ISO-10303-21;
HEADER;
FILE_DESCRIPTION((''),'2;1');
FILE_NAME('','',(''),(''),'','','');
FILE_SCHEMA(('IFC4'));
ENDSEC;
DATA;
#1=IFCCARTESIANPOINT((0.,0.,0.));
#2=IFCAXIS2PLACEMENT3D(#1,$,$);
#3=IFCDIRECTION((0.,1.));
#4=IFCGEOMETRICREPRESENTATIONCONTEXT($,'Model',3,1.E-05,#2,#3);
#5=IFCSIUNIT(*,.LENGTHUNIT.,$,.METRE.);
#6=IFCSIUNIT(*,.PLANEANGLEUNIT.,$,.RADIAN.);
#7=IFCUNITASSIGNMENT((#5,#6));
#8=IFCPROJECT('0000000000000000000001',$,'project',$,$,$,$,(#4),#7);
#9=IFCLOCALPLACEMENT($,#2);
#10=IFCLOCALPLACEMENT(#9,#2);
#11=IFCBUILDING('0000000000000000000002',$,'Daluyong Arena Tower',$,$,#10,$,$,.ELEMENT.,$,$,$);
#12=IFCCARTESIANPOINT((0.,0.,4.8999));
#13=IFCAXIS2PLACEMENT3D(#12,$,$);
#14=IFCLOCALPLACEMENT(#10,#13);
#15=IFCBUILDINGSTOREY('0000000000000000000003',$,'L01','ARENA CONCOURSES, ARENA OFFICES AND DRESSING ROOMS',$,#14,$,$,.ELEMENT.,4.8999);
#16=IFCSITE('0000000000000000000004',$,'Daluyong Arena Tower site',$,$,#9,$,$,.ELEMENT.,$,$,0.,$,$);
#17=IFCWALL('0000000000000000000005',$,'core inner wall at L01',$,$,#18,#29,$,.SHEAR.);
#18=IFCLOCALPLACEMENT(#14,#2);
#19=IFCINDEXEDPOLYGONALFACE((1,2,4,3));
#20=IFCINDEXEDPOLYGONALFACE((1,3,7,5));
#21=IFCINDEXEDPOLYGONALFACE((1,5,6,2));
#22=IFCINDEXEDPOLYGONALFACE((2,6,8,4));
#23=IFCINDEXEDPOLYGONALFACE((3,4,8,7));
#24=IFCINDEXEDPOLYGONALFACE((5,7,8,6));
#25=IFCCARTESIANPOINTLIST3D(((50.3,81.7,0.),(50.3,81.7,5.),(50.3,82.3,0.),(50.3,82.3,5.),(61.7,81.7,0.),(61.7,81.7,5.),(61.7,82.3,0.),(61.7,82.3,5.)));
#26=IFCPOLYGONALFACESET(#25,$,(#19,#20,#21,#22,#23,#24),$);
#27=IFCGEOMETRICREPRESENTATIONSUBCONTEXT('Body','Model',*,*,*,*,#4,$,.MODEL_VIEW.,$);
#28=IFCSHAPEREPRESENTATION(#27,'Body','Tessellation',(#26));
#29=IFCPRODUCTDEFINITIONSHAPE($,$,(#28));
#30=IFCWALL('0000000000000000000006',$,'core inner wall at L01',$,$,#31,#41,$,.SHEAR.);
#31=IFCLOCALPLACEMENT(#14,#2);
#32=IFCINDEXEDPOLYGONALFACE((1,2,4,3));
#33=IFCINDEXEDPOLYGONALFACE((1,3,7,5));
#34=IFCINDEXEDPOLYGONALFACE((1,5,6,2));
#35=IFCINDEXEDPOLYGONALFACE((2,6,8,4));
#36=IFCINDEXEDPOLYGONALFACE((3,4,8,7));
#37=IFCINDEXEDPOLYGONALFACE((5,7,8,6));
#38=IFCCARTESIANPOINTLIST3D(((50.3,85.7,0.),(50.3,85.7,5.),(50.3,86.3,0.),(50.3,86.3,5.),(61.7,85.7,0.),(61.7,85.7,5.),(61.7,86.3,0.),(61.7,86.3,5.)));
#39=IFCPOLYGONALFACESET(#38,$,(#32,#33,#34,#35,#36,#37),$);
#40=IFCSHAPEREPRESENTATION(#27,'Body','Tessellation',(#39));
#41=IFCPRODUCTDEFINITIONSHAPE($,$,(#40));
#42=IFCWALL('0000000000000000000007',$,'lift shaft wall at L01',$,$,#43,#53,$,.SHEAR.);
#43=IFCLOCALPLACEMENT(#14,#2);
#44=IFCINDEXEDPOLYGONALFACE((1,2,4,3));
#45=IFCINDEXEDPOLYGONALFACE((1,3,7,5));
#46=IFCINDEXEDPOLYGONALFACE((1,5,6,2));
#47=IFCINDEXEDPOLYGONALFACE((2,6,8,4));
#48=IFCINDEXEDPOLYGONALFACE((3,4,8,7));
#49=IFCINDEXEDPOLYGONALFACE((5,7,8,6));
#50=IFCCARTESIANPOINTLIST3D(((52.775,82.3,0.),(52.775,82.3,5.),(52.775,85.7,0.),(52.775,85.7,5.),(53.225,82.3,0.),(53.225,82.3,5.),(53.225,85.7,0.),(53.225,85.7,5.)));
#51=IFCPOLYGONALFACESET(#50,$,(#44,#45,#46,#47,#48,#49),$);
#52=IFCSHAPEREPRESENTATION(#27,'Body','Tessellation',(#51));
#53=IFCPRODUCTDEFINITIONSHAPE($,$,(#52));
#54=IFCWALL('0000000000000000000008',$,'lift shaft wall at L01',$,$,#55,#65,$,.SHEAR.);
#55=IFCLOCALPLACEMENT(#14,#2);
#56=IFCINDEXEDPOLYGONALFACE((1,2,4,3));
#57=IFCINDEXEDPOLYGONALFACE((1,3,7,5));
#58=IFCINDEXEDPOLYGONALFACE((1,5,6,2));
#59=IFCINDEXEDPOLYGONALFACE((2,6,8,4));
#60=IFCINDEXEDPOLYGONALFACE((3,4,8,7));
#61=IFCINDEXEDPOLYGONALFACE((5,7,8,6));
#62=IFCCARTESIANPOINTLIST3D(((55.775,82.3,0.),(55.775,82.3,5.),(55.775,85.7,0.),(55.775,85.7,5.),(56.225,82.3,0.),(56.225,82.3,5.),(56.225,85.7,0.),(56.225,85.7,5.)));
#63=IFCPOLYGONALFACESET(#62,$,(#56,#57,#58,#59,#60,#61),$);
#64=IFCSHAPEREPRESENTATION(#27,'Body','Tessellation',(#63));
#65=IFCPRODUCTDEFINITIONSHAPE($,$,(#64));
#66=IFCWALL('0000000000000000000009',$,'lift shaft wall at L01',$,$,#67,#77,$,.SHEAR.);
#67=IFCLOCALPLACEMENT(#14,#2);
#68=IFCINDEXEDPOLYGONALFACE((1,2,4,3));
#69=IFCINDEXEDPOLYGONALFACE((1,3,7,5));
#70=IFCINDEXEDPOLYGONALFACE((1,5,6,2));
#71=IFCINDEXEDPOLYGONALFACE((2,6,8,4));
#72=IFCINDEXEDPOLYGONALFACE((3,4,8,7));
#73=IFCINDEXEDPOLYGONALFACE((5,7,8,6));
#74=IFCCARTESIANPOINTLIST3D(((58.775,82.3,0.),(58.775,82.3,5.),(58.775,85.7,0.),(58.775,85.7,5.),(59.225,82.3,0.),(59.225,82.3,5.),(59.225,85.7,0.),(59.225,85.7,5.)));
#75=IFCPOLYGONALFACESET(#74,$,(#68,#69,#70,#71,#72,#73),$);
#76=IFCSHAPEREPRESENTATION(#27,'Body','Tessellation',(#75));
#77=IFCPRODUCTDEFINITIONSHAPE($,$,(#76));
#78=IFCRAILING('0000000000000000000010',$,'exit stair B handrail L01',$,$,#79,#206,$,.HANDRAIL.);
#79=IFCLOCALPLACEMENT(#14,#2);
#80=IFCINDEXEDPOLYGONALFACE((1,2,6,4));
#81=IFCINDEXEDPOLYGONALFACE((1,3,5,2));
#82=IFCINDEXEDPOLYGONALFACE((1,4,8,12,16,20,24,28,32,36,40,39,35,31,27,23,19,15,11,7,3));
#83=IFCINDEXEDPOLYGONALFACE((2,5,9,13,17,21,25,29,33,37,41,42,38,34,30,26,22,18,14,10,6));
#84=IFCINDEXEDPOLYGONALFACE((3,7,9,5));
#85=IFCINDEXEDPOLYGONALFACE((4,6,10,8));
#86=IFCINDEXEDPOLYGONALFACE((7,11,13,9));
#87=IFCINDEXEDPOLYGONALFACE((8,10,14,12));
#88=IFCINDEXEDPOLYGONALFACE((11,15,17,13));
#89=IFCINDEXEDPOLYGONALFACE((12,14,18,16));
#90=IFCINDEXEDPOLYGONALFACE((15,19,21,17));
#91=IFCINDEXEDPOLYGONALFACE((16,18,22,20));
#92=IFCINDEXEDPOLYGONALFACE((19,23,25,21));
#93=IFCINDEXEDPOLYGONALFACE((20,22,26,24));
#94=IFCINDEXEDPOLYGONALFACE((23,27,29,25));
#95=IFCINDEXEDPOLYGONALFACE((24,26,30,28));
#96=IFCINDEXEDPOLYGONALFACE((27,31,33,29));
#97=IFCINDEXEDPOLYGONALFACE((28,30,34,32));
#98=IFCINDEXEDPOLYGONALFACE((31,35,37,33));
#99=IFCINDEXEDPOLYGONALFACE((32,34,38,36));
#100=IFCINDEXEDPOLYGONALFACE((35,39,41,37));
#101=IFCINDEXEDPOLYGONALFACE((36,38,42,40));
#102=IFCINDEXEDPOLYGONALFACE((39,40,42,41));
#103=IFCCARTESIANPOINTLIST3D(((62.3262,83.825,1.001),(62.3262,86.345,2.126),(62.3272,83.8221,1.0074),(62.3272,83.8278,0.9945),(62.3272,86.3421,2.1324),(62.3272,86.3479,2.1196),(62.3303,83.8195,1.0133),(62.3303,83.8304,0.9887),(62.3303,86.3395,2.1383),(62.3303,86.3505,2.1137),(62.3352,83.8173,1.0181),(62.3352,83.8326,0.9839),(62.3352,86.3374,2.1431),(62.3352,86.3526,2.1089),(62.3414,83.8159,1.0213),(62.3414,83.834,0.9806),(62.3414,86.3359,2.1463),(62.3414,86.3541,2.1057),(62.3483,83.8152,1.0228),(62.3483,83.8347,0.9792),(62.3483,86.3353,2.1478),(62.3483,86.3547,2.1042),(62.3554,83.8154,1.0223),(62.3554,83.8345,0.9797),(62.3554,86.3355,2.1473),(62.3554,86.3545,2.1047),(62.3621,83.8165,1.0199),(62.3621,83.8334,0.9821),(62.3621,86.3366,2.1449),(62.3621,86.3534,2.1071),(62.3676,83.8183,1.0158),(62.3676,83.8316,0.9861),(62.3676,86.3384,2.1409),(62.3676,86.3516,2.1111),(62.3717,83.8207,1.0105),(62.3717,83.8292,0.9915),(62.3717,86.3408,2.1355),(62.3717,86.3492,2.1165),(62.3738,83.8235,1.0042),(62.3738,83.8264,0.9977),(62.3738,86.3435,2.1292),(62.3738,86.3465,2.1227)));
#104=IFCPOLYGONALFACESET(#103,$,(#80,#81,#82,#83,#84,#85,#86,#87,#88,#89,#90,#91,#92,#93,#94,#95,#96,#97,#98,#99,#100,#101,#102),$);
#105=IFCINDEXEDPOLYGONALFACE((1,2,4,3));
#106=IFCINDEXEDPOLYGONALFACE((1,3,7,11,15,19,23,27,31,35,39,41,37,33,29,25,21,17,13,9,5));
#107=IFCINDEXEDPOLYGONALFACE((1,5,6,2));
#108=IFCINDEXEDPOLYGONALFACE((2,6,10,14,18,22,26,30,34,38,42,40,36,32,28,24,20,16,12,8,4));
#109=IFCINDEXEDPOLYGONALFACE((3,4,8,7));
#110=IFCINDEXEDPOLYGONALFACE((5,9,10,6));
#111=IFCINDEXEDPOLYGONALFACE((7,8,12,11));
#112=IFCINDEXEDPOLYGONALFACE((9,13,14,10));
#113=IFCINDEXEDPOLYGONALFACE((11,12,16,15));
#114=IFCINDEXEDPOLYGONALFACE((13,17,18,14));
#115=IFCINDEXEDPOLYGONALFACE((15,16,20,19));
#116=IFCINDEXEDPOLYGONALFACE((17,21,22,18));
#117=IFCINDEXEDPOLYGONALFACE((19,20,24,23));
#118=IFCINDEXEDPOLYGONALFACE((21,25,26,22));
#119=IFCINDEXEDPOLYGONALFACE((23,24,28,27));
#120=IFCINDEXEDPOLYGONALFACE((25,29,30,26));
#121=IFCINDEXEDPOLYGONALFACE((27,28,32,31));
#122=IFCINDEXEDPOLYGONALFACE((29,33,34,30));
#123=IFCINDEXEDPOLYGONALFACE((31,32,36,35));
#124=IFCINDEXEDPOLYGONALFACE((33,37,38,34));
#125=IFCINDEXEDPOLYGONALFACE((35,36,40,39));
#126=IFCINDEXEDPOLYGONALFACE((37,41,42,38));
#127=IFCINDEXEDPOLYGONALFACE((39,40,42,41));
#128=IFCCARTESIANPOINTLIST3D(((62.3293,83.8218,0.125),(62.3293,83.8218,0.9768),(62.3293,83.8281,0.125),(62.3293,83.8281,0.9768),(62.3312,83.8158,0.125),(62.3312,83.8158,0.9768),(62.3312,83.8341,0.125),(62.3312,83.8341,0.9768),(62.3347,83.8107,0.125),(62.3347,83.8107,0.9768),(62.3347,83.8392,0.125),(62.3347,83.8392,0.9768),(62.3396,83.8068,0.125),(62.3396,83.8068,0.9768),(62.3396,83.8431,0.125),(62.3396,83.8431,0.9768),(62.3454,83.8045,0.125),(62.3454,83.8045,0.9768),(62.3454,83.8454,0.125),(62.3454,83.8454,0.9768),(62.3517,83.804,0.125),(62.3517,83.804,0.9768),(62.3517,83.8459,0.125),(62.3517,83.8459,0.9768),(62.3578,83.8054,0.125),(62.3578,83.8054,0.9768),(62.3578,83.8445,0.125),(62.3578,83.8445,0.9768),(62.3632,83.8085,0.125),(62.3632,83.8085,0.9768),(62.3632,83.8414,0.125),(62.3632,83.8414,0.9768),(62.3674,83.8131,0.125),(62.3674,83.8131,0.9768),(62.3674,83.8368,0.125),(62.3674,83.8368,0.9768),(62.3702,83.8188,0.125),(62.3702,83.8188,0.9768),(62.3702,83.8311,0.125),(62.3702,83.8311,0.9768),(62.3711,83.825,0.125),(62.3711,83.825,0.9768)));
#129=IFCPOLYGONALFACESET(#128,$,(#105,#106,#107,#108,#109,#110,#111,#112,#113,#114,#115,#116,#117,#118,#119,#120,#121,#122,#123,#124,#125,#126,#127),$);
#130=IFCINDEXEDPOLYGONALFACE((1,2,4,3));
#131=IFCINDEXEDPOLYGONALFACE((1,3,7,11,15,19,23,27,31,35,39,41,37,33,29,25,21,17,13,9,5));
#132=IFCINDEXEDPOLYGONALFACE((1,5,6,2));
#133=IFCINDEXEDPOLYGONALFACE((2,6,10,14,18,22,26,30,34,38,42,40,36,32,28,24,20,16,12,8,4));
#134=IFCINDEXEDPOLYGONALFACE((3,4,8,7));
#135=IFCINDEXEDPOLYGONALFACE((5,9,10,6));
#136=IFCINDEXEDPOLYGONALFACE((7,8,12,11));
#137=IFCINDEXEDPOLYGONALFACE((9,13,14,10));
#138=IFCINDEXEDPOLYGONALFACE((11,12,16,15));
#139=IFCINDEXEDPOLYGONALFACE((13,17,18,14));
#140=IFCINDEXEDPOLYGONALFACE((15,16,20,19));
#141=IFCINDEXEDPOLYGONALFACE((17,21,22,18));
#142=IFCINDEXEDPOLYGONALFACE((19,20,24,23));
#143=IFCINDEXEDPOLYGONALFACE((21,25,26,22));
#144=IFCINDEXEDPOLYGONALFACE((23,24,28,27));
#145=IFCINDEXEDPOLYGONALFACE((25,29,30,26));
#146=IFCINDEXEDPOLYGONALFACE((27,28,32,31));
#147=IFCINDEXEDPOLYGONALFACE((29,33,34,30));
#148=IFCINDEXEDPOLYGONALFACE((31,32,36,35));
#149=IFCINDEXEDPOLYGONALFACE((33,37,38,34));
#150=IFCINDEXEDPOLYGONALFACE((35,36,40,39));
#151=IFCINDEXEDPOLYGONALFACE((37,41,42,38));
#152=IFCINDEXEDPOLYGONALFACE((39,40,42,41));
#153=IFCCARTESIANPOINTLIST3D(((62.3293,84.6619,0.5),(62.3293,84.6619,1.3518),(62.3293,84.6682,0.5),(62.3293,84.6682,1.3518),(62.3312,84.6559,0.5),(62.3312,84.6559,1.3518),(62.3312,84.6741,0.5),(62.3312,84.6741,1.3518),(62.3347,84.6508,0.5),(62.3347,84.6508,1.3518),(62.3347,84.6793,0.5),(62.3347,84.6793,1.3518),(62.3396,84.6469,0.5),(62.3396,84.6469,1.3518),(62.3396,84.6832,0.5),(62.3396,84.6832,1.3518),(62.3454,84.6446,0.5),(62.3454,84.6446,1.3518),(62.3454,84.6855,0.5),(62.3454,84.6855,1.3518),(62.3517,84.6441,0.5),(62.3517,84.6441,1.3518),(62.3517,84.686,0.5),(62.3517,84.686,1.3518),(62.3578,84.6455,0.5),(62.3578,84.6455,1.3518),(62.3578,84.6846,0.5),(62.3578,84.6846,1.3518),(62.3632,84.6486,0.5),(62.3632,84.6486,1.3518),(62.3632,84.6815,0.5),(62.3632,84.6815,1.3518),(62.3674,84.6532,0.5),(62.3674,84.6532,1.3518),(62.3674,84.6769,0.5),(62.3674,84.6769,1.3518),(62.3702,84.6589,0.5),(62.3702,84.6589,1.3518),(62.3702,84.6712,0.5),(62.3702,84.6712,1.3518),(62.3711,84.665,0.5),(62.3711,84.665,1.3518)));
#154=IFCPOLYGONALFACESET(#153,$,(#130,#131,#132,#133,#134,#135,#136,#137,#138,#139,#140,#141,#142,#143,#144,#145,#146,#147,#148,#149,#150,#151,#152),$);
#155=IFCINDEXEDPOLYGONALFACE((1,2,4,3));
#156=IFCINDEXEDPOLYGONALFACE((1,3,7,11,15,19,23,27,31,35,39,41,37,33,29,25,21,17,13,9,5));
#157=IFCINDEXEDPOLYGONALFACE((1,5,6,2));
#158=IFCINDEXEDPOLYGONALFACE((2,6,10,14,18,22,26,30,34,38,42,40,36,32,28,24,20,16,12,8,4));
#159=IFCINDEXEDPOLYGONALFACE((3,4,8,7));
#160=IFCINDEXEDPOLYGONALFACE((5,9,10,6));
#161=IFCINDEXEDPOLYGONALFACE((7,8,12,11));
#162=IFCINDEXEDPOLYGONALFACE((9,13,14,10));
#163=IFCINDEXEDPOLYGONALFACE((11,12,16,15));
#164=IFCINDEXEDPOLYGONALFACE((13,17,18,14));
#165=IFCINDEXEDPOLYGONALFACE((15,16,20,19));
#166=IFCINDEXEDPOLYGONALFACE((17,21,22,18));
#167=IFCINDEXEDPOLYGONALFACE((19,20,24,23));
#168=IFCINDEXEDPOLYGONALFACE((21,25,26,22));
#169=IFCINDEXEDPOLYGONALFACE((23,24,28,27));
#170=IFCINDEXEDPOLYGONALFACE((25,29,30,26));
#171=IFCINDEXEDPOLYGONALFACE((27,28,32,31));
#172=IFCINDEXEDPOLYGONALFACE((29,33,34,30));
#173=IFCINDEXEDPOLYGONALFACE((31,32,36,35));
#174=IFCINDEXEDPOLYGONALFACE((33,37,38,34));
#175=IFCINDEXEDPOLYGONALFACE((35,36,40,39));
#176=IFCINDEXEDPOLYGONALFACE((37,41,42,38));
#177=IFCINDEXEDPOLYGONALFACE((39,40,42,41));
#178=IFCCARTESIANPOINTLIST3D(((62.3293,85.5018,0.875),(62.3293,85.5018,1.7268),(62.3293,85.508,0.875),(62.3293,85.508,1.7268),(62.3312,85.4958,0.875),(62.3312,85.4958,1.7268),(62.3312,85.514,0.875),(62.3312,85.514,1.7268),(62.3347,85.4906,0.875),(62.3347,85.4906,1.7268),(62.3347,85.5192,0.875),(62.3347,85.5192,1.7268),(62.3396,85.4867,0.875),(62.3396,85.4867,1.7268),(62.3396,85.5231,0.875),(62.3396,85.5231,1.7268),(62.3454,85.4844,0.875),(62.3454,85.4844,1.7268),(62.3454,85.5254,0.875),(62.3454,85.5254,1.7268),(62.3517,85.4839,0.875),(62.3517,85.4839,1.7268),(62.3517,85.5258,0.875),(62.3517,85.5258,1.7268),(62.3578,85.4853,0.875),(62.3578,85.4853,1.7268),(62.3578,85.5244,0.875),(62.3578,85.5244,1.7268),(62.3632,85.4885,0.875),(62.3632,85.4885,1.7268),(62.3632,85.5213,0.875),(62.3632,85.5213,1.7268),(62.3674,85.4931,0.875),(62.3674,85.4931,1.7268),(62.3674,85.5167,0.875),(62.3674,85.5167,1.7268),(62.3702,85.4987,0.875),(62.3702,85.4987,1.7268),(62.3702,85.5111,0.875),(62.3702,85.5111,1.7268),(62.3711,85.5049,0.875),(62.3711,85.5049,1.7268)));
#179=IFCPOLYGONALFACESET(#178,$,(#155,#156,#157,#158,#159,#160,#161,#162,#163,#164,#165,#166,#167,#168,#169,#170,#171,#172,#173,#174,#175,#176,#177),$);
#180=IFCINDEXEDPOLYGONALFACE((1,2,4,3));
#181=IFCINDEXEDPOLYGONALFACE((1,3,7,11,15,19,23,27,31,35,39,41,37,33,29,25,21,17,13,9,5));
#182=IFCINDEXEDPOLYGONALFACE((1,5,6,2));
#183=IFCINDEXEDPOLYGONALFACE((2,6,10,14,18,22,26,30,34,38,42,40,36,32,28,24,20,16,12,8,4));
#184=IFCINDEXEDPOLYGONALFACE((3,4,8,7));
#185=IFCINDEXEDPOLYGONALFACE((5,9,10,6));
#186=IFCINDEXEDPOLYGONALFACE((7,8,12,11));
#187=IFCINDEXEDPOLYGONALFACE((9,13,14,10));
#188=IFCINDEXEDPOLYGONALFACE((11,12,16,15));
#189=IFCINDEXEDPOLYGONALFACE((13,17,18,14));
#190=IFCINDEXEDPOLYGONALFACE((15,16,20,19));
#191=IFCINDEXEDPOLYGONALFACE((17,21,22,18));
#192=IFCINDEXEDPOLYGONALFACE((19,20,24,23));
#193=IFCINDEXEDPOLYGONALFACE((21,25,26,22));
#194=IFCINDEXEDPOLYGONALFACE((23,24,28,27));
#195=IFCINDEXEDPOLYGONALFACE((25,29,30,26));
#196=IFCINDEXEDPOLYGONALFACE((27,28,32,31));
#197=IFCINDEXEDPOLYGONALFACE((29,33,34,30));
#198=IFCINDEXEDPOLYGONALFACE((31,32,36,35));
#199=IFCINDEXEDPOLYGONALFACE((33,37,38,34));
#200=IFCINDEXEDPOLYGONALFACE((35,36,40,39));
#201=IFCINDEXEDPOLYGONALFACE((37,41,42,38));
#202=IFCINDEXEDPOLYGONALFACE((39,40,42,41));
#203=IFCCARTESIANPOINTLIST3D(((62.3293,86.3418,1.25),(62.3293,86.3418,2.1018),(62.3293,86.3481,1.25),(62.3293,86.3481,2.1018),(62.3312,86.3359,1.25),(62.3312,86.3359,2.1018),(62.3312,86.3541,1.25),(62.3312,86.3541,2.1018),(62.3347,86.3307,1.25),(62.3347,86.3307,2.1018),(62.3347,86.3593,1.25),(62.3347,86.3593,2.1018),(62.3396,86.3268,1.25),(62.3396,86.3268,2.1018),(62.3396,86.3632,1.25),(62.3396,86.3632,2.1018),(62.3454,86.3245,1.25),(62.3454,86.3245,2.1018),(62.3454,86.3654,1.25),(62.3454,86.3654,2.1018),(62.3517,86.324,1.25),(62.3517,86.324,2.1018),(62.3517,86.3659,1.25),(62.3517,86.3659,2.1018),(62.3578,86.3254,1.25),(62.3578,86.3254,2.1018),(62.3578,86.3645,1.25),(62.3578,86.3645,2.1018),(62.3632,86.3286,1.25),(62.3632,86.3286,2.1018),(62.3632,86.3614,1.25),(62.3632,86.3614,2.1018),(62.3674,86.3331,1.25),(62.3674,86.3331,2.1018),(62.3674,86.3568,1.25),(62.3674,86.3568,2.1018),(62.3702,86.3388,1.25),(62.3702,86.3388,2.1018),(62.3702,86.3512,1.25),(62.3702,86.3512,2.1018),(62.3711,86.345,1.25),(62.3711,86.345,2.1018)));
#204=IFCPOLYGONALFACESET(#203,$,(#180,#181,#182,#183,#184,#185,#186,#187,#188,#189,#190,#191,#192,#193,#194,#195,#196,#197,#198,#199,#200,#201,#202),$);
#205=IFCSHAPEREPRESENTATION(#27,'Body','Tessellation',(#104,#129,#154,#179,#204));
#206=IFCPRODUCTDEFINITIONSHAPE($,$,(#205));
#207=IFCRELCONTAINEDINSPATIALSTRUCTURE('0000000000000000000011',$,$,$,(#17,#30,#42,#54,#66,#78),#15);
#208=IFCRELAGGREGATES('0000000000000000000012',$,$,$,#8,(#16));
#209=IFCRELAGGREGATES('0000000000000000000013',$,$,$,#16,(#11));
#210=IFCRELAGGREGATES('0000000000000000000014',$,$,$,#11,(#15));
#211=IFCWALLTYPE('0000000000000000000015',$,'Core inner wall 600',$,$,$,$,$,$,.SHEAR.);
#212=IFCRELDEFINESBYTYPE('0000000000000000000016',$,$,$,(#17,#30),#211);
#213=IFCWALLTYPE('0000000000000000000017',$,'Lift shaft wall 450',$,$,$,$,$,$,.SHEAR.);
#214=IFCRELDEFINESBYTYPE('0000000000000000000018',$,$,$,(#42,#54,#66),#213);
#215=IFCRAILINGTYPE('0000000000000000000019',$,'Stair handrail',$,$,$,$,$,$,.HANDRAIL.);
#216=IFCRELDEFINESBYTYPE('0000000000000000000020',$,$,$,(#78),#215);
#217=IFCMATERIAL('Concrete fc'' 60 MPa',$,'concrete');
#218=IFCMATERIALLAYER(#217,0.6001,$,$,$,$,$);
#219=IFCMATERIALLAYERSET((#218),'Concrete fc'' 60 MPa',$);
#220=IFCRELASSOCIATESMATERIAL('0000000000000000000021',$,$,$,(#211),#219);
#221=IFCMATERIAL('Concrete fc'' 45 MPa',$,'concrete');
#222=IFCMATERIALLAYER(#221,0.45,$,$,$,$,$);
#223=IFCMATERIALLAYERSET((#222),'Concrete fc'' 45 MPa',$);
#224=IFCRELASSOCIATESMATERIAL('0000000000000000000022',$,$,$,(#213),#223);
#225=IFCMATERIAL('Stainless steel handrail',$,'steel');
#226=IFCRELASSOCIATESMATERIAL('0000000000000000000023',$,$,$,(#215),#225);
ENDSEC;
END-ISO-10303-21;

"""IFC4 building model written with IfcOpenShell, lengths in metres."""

from ifc_helpers import new_model, si_unit, direction, frame, frame_2d, origin, origin_2d, place, context, subcontext, project, spatial, rectangle, circle, extrude, material, layer, layer_set, type_object, element, save


model = new_model("IFC4")

# Units and contexts
model_context = context("Model", 3, precision=1e-05, world=origin(), true_north=direction((0.0, 1.0)))
body_context = subcontext(model_context, "Body", "Model", "MODEL_VIEW")
ifc_project = project(units=[si_unit("LENGTHUNIT", "METRE"), si_unit("PLANEANGLEUNIT", "RADIAN")], contexts=[model_context])

# Site, building, storey
site_placement = place(None, origin())
site = spatial("IfcSite", under=ifc_project, at=site_placement, Name="Daluyong Arena Tower site", CompositionType="ELEMENT", RefElevation=0.0)
building_placement = place(site_placement, origin())
building = spatial("IfcBuilding", under=site, at=building_placement, Name="Daluyong Arena Tower", CompositionType="ELEMENT")
storey_placement = place(building_placement, frame((0.0, 0.0, 4.8999)))
storey = spatial("IfcBuildingStorey", under=building, at=storey_placement, Name="L01", Description="ARENA CONCOURSES, ARENA OFFICES AND DRESSING ROOMS", CompositionType="ELEMENT", Elevation=4.8999)

# Shared definitions
ifc_material_1 = material(Name="Concrete fc' 60 MPa", Category="concrete")
ifc_layer_1 = layer(ifc_material_1, 0.6001)
ifc_layer_set_1 = layer_set([ifc_layer_1], Name="Concrete fc' 60 MPa")
wall_type_1 = type_object("IfcWallType", Name="Core inner wall 600", PredefinedType="SHEAR", material=ifc_layer_set_1)

# Walls
for number, where, z_axis, x_axis, name in (
    (1, (50.3, 82.0, 0.0), (0.0, 0.0, 1.0), (1.0, 0.0, 0.0), "core inner wall at L01"),
    (2, (50.3, 86.0, 0.0), (0.0, 0.0, 1.0), (1.0, 0.0, 0.0), "core inner wall at L01"),
):
    element("IfcWall", number, at=place(storey_placement, frame(where, z_axis=z_axis, x_axis=x_axis)), inside=storey, type_object=wall_type_1, Name=name, PredefinedType="SHEAR", context=body_context, shape_type="SweptSolid", body=[
        extrude(rectangle(XDim=11.3999, YDim=0.6001, at=frame_2d((5.7, 0.0))), origin(), (0.0, 0.0, 1.0), 5.0),
    ])
ifc_material_2 = material(Name="Concrete fc' 45 MPa", Category="concrete")
ifc_layer_2 = layer(ifc_material_2, 0.45)
ifc_layer_set_2 = layer_set([ifc_layer_2], Name="Concrete fc' 45 MPa")
wall_type_2 = type_object("IfcWallType", Name="Lift shaft wall 450", PredefinedType="SHEAR", material=ifc_layer_set_2)
for number, where, z_axis, x_axis, name in (
    (3, (53.0, 82.3, 0.0), (0.0, 0.0, 1.0), (0.0, 1.0, 0.0), "lift shaft wall at L01"),
    (4, (56.0, 82.3, 0.0), (0.0, 0.0, 1.0), (0.0, 1.0, 0.0), "lift shaft wall at L01"),
    (5, (59.0, 82.3, 0.0), (0.0, 0.0, 1.0), (0.0, 1.0, 0.0), "lift shaft wall at L01"),
):
    element("IfcWall", number, at=place(storey_placement, frame(where, z_axis=z_axis, x_axis=x_axis)), inside=storey, type_object=wall_type_2, Name=name, PredefinedType="SHEAR", context=body_context, shape_type="SweptSolid", body=[
        extrude(rectangle(XDim=3.3999, YDim=0.45, at=frame_2d((1.7, 0.0))), origin(), (0.0, 0.0, 1.0), 5.0),
    ])

# Railing
ifc_material_3 = material(Name="Stainless steel handrail", Category="steel")
railing_type = type_object("IfcRailingType", Name="Stair handrail", PredefinedType="HANDRAIL", material=ifc_material_3)
for number, where, name in (
    (6, (62.3501, 83.825, 0.125), "exit stair B handrail L01"),
):
    element("IfcRailing", number, at=place(storey_placement, frame(where)), inside=storey, type_object=railing_type, Name=name, PredefinedType="HANDRAIL", context=body_context, shape_type="SweptSolid", body=[
        extrude(circle(Radius=0.0239, at=origin_2d()), frame((0.0, 0.0, 0.876), z_axis=(0.0, 0.913139, 0.407648), x_axis=(-1.0, 0.0, 0.0)), (0.0, 0.0, 1.0), 2.7598),
        extrude(circle(Radius=0.021, at=origin_2d()), origin(), (0.0, 0.0, 1.0), 0.8518),
        extrude(circle(Radius=0.021, at=origin_2d()), frame((0.0, 0.8401, 0.375)), (0.0, 0.0, 1.0), 0.8518),
        extrude(circle(Radius=0.021, at=origin_2d()), frame((0.0, 1.6799, 0.75)), (0.0, 0.0, 1.0), 0.8518),
        extrude(circle(Radius=0.021, at=origin_2d()), frame((0.0, 2.52, 1.125)), (0.0, 0.0, 1.0), 0.8518),
    ])

save(model, "model.ifc")
